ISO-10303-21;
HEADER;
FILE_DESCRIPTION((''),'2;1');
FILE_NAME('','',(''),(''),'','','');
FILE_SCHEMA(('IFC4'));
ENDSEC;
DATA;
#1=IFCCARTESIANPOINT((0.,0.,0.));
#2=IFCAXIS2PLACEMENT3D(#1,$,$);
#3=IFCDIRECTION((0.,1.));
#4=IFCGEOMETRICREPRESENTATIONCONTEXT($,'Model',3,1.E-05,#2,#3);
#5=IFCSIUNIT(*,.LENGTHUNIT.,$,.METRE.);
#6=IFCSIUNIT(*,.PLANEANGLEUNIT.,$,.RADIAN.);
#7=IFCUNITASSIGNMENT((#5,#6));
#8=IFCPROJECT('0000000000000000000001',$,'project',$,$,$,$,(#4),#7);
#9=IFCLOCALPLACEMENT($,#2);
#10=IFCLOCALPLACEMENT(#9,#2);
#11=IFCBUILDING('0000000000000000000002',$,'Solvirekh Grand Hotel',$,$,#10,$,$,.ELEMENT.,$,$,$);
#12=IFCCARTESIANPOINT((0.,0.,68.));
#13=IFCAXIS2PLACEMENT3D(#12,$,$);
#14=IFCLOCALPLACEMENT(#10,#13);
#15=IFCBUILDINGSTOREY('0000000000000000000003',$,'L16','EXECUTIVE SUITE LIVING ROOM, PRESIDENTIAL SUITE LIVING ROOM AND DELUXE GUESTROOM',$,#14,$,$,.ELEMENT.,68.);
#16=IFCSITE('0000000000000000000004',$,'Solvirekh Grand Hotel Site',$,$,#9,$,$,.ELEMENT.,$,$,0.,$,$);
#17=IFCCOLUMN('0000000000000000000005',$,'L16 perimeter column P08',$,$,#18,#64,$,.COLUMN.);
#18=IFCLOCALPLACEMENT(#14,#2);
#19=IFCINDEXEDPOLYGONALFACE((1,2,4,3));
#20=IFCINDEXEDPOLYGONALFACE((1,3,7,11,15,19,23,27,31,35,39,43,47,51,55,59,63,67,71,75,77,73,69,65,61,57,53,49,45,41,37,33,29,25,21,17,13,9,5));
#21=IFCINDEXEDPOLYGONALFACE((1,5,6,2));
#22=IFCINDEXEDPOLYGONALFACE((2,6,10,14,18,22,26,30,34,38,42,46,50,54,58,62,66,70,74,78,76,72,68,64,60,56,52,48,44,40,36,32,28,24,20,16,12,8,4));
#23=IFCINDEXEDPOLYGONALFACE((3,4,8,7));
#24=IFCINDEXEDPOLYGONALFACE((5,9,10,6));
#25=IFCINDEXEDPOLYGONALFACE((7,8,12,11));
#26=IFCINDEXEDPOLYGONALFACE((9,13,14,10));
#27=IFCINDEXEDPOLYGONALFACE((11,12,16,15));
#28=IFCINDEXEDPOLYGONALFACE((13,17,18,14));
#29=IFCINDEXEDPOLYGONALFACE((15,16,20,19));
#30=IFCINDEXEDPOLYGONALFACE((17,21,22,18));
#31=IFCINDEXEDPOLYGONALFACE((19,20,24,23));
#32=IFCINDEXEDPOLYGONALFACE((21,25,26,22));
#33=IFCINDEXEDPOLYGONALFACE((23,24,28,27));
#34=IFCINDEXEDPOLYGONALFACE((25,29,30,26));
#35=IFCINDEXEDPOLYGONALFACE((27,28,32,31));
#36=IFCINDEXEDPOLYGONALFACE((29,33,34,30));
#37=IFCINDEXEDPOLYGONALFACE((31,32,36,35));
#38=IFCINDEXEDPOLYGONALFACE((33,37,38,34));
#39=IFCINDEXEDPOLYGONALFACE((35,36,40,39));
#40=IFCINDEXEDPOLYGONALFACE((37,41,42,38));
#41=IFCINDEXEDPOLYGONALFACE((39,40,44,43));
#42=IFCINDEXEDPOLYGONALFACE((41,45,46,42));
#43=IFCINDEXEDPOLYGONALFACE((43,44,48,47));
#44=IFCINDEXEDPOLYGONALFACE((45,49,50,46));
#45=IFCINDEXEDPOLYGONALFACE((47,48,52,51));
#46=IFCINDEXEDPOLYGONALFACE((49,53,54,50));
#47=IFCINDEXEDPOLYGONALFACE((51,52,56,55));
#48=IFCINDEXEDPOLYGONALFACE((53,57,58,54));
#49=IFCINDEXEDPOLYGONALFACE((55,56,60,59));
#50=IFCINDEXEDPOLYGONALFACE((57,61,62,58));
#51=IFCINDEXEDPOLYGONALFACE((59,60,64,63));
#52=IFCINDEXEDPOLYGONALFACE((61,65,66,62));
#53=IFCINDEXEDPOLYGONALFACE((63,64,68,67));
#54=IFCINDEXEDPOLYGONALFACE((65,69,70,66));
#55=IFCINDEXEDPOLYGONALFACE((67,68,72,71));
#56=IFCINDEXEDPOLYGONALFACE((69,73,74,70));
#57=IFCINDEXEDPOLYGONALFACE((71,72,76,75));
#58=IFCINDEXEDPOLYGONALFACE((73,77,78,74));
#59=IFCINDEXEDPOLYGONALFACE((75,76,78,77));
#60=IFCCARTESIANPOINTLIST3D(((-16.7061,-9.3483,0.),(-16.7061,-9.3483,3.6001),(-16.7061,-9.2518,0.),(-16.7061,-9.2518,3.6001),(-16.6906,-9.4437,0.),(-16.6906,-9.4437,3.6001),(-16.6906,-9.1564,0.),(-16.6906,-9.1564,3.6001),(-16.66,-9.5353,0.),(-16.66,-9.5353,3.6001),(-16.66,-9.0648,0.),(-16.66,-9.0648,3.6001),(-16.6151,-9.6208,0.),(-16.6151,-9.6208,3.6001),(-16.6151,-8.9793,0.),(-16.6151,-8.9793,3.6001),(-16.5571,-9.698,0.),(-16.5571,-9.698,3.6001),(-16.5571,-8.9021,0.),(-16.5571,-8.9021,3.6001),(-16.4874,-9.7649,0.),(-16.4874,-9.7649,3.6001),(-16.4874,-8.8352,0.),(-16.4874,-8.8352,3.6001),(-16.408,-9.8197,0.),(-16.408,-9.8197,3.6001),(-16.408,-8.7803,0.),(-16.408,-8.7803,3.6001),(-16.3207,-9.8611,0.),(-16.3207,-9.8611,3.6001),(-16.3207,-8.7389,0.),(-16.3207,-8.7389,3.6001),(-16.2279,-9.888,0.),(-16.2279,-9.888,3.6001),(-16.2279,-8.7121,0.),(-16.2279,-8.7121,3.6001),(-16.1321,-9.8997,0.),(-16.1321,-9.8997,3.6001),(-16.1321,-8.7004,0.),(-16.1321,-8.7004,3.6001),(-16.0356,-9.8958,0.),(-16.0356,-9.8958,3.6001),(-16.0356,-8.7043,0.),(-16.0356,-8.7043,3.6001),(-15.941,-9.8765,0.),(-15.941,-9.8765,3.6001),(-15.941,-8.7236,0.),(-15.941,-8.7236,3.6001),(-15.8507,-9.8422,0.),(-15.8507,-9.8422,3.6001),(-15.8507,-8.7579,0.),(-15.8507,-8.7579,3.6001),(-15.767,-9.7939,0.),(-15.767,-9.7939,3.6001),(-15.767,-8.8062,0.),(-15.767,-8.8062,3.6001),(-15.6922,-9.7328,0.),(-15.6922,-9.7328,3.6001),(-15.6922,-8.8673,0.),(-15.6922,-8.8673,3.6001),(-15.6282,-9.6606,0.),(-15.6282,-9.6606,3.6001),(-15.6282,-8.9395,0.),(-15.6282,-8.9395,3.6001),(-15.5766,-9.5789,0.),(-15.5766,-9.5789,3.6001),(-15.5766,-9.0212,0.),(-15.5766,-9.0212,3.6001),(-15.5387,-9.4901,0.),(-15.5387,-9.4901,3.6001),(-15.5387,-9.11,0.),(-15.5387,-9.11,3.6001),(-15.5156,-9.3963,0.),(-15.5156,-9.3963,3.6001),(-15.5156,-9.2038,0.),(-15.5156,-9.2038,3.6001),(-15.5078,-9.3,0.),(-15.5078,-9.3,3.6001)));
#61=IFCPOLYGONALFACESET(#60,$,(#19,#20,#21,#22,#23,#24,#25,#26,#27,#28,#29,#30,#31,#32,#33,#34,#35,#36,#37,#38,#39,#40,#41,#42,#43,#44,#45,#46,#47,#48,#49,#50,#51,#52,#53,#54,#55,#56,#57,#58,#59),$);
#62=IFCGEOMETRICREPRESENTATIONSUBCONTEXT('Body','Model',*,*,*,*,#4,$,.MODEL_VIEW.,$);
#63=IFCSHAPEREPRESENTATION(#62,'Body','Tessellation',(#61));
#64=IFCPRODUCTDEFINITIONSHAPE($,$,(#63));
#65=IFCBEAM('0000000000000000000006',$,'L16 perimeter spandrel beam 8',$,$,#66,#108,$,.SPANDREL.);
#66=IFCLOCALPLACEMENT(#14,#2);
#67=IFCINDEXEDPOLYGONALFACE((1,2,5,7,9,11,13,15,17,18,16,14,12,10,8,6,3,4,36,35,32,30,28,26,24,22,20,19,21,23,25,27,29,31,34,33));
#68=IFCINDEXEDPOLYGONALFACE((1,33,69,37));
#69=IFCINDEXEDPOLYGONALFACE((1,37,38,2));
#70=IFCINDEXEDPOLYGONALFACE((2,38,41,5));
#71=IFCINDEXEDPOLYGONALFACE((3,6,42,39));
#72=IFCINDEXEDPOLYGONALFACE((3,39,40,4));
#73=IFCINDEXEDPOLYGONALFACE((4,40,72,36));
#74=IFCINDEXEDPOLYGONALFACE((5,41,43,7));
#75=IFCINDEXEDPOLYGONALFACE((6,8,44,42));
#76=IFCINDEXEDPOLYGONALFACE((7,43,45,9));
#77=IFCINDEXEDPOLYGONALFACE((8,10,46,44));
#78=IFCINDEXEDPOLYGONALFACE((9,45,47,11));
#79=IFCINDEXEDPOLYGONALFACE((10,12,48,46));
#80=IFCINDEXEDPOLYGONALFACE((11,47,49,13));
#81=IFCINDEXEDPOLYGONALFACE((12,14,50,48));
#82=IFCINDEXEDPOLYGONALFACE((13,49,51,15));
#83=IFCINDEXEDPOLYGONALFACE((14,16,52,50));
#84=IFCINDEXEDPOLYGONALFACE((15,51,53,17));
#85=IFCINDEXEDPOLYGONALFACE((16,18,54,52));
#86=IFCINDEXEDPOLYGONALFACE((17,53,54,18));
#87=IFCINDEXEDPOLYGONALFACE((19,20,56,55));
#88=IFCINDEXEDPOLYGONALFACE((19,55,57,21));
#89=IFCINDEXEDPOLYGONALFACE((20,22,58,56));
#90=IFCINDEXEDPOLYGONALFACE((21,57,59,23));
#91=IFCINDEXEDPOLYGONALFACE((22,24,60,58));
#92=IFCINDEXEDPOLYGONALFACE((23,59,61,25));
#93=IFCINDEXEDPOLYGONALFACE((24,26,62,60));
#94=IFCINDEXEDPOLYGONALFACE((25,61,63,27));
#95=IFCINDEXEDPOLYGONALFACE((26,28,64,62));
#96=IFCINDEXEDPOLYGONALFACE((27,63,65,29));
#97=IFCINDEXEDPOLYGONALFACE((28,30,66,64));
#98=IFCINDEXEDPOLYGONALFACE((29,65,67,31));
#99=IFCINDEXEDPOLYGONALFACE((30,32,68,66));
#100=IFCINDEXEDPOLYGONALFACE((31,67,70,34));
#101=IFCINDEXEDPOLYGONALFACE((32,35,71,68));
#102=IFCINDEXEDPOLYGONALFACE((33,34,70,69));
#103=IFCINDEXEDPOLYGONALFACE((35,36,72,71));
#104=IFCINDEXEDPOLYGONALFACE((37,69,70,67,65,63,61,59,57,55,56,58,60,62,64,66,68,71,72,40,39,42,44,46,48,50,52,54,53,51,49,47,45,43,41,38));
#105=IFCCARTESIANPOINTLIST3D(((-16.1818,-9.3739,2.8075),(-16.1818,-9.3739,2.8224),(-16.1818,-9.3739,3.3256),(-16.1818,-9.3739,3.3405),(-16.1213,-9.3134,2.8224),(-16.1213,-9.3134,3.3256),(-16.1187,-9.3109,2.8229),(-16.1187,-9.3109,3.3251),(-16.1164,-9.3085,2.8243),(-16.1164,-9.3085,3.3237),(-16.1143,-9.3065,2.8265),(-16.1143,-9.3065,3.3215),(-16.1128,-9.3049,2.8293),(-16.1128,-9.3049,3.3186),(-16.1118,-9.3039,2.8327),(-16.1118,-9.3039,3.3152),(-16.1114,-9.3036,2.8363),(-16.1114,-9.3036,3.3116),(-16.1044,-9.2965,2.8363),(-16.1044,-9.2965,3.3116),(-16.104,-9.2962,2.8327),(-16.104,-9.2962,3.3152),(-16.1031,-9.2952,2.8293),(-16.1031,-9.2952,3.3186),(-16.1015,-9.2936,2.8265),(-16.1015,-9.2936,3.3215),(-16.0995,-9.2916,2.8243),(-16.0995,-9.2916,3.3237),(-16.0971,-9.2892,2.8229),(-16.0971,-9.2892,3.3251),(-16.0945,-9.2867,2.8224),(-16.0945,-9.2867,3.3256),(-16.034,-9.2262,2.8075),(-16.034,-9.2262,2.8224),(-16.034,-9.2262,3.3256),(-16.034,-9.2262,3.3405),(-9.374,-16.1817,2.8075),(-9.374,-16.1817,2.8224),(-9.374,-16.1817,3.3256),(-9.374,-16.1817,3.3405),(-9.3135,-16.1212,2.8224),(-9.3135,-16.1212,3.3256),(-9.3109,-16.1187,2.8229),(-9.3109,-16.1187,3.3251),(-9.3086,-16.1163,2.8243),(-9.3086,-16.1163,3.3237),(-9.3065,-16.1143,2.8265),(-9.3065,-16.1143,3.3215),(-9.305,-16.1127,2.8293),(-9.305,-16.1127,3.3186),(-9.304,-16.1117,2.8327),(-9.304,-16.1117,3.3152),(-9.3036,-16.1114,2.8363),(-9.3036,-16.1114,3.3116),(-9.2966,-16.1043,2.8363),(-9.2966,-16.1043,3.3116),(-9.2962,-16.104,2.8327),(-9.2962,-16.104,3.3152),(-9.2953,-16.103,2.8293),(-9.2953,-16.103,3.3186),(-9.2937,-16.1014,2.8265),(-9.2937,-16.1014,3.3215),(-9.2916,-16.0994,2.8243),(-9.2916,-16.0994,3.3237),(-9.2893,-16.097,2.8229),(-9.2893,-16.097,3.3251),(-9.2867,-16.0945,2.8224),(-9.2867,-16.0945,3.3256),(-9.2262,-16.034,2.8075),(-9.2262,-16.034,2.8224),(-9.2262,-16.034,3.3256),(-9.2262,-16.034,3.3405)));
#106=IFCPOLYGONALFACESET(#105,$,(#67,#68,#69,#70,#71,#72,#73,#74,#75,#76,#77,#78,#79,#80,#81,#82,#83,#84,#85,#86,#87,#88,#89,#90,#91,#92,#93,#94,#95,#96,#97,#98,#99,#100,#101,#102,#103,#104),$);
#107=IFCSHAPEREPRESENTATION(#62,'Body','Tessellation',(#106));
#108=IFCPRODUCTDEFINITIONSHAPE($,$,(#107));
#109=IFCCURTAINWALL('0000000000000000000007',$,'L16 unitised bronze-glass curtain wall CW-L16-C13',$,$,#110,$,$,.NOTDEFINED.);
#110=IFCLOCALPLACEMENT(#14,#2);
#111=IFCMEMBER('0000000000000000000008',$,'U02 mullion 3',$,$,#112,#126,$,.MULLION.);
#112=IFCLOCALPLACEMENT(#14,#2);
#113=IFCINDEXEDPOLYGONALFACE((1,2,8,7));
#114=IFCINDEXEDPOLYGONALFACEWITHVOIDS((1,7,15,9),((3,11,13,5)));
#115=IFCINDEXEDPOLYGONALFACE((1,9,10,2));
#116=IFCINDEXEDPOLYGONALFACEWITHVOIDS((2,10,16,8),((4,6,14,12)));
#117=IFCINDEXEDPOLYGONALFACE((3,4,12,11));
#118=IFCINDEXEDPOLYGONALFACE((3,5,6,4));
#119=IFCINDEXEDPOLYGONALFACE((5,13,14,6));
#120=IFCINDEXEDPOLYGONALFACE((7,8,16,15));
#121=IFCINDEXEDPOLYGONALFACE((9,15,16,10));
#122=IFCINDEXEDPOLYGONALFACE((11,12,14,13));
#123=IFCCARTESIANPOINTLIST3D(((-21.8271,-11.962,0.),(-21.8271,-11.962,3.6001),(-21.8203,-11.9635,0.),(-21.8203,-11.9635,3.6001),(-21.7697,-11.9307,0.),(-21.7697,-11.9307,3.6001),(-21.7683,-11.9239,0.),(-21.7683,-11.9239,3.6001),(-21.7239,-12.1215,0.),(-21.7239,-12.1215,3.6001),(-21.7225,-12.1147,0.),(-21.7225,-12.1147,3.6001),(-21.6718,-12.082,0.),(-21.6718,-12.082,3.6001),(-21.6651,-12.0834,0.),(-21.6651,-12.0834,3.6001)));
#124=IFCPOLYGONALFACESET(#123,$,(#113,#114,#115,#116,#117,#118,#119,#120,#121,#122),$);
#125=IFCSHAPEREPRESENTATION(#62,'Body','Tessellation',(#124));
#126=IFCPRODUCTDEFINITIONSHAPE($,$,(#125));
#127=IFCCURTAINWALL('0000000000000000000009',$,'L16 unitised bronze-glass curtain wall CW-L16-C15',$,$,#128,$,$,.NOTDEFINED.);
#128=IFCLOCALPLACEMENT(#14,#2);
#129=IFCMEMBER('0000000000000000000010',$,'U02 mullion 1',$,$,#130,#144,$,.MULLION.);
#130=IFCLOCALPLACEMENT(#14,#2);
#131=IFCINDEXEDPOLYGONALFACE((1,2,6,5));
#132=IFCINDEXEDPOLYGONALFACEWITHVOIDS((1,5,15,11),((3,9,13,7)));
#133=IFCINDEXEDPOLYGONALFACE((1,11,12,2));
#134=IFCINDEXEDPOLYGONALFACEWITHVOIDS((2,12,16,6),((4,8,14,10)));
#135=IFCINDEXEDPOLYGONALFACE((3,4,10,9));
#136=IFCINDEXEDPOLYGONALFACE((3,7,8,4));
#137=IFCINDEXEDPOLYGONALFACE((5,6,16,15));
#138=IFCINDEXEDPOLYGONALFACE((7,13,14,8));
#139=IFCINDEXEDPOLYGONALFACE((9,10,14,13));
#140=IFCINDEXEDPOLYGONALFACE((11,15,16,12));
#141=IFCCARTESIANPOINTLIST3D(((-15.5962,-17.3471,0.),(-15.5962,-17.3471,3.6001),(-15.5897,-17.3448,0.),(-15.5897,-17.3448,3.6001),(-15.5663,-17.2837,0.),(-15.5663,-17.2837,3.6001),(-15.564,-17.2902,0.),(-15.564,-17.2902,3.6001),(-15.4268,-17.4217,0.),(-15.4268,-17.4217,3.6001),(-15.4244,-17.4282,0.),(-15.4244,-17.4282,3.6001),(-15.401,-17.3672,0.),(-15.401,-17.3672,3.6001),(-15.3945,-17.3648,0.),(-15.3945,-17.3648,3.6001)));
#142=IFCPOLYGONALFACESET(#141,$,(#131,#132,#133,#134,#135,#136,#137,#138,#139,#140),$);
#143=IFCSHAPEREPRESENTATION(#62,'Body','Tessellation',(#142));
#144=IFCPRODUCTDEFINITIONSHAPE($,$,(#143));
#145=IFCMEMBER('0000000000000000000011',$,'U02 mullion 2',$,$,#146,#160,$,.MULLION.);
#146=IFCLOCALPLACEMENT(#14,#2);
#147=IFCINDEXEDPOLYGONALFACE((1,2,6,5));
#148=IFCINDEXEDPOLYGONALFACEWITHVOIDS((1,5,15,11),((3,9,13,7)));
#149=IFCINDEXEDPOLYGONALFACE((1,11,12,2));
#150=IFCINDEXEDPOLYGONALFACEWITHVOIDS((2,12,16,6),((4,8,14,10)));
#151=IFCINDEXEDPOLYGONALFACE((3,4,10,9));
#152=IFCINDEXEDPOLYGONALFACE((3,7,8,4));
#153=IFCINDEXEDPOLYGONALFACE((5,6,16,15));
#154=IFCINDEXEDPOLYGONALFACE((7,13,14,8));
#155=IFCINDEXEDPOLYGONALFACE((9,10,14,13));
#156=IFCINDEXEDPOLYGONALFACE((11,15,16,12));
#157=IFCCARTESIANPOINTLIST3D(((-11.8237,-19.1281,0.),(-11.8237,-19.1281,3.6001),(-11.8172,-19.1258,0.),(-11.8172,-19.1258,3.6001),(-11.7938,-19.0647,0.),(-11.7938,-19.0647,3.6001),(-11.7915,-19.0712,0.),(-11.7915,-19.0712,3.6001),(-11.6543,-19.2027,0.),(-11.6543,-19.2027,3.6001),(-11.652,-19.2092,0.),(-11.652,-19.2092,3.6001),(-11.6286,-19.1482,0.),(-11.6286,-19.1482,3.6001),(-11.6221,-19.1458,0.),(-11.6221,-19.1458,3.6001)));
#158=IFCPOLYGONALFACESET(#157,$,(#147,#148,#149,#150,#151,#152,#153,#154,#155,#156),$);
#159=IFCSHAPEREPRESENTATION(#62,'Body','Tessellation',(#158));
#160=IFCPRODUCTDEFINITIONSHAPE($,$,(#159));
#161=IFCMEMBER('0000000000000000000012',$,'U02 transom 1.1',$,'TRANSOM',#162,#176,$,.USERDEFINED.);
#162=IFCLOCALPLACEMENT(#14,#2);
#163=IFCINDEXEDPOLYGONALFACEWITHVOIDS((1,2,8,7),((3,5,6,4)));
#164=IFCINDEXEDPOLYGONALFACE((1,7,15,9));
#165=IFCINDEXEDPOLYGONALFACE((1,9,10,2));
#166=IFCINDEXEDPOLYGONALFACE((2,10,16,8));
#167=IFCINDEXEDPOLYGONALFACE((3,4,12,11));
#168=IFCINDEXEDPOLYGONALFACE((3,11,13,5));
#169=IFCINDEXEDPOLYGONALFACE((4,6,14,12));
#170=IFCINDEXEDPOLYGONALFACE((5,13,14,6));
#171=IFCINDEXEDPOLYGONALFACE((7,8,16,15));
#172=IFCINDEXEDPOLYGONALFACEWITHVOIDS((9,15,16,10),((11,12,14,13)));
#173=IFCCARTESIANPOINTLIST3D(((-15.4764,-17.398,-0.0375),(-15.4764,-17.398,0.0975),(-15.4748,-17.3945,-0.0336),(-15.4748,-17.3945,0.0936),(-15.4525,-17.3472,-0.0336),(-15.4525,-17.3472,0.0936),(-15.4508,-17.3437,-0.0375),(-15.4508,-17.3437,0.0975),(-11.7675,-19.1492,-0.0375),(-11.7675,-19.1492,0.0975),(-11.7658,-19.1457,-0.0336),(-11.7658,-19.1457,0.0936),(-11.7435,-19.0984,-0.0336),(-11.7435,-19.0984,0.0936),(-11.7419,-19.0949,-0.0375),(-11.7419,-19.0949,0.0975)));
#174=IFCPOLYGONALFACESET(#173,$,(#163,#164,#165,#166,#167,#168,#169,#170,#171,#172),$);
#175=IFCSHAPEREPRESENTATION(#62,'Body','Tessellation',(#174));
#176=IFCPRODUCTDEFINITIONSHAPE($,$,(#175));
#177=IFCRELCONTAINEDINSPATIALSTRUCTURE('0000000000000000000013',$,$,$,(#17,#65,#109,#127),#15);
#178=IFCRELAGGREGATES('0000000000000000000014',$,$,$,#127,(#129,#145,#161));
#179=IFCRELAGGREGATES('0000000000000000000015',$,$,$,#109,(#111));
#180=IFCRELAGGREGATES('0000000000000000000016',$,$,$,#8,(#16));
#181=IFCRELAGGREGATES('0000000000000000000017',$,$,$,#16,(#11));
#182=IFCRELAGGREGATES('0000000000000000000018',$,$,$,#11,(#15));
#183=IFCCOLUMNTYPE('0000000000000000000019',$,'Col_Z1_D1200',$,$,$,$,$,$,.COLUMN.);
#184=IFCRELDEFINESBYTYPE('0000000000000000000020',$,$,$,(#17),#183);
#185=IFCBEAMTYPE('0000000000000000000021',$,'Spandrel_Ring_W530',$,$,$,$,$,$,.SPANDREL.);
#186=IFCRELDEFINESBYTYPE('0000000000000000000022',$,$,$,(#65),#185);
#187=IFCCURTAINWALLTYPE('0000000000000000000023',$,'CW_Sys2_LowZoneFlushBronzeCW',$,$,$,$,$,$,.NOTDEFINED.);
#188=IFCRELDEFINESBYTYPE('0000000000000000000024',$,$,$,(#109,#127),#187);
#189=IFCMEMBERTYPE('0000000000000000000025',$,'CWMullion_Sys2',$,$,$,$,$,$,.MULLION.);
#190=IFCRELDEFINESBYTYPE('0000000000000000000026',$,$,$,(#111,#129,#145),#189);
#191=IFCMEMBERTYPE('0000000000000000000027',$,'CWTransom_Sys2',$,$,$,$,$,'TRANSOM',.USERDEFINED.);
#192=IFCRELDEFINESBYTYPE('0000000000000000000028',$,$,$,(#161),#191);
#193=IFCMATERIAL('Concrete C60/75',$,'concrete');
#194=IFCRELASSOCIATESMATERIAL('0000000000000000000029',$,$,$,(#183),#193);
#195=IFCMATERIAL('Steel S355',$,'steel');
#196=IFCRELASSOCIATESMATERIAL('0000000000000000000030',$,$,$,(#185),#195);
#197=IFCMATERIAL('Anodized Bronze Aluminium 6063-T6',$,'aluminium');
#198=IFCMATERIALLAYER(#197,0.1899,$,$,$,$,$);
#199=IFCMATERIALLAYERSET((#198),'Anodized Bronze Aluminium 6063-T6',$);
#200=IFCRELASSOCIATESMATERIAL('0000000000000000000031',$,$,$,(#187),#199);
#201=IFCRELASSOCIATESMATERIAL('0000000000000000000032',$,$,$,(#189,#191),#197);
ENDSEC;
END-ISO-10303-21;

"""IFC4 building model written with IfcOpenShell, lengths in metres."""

from ifc_helpers import new_model, si_unit, direction, frame, origin, origin_2d, place, context, subcontext, project, spatial, hollow_rectangle, circle, i_section, extrude, source, transform, mapped, material, layer, layer_set, material_profile, profile_set, type_object, element, aggregate, save


model = new_model("IFC4")

# Units and contexts
model_context = context("Model", 3, precision=1e-05, world=origin(), true_north=direction((0.0, 1.0)))
body_context = subcontext(model_context, "Body", "Model", "MODEL_VIEW")
ifc_project = project(units=[si_unit("LENGTHUNIT", "METRE"), si_unit("PLANEANGLEUNIT", "RADIAN")], contexts=[model_context])

# Site, building, storey
site_placement = place(None, origin())
site = spatial("IfcSite", under=ifc_project, at=site_placement, Name="Solvirekh Grand Hotel Site", CompositionType="ELEMENT", RefElevation=0.0)
building_placement = place(site_placement, origin())
building = spatial("IfcBuilding", under=site, at=building_placement, Name="Solvirekh Grand Hotel", CompositionType="ELEMENT")
storey_placement = place(building_placement, frame((0.0, 0.0, 68.0)))
storey = spatial("IfcBuildingStorey", under=building, at=storey_placement, Name="L16", Description="EXECUTIVE SUITE LIVING ROOM, PRESIDENTIAL SUITE LIVING ROOM AND DELUXE GUESTROOM", CompositionType="ELEMENT", Elevation=68.0)

# Column
ifc_material_1 = material(Name="Concrete C60/75", Category="concrete")
ifc_material_profile_1 = material_profile(ifc_material_1, circle(Radius=0.6001, at=origin_2d()), Name="RC CIRC D1200")
ifc_profile_set_1 = profile_set([ifc_material_profile_1], Name="Concrete C60/75")
column_type = type_object("IfcColumnType", Name="Col_Z1_D1200", PredefinedType="COLUMN", material=ifc_profile_set_1)
column_placement = place(storey_placement, frame((-16.1079, -9.3, 0.0), z_axis=(0.0, 0.0, 1.0), x_axis=(1.0, 0.0, 0.0)))
element("IfcColumn", 1, at=column_placement, inside=storey, type_object=column_type, Name="L16 perimeter column P08", PredefinedType="COLUMN", context=body_context, shape_type="SweptSolid", body=[
    extrude(circle(Radius=0.6001, at=origin_2d()), origin(), (0.0, 0.0, 1.0), 3.6001),
])

# Beam
ifc_material_2 = material(Name="Steel S355", Category="steel")
ifc_material_profile_2 = material_profile(ifc_material_2, i_section(OverallWidth=0.209, OverallDepth=0.533, WebThickness=0.01, FlangeThickness=0.0149, FilletRadius=0.0139, at=origin_2d()), Name="W530X92")
ifc_profile_set_2 = profile_set([ifc_material_profile_2], Name="Steel S355")
beam_type = type_object("IfcBeamType", Name="Spandrel_Ring_W530", PredefinedType="SPANDREL", material=ifc_profile_set_2)
beam_placement = place(storey_placement, frame((-16.1079, -9.3, 3.074), z_axis=(0.707107, -0.707107, 0.0), x_axis=(0.707107, 0.707107, 0.0)))
element("IfcBeam", 2, at=beam_placement, inside=storey, type_object=beam_type, Name="L16 perimeter spandrel beam 8", PredefinedType="SPANDREL", context=body_context, shape_type="SweptSolid", body=[
    extrude(i_section(OverallWidth=0.209, OverallDepth=0.533, WebThickness=0.01, FlangeThickness=0.0149, FilletRadius=0.0139, at=origin_2d()), origin(), (0.0, 0.0, 1.0), 9.6277),
])

# Curtain wall, member
ifc_material_3 = material(Name="Anodized Bronze Aluminium 6063-T6", Category="aluminium")
ifc_layer_1 = layer(ifc_material_3, 0.1899)
ifc_layer_set_1 = layer_set([ifc_layer_1], Name="Anodized Bronze Aluminium 6063-T6")
curtain_wall_type = type_object("IfcCurtainWallType", Name="CW_Sys2_LowZoneFlushBronzeCW", PredefinedType="NOTDEFINED", material=ifc_layer_set_1)
curtain_wall_1_placement = place(storey_placement, origin())
curtain_wall_1 = element("IfcCurtainWall", 3, at=curtain_wall_1_placement, inside=storey, type_object=curtain_wall_type, Name="L16 unitised bronze-glass curtain wall CW-L16-C13", PredefinedType="NOTDEFINED")
ifc_material_profile_3 = material_profile(ifc_material_3, hollow_rectangle(XDim=0.0701, YDim=0.1899, WallThickness=0.0049, at=origin_2d()), Name="ALU RHS 190X70X5")
ifc_profile_set_3 = profile_set([ifc_material_profile_3], Name="Anodized Bronze Aluminium 6063-T6")
member_type_1 = type_object("IfcMemberType", Name="CWMullion_Sys2", PredefinedType="MULLION", material=ifc_profile_set_3)
shared_shape_1 = source(origin(), body_context, "Body", "SweptSolid", [
    extrude(hollow_rectangle(XDim=0.0701, YDim=0.1899, WallThickness=0.0049, at=origin_2d()), origin(), (0.0, 0.0, 1.0), 3.6001),
])
member_1_placement = place(storey_placement, frame((-21.7461, -12.0227, 0.0), z_axis=(0.0, 0.0, 1.0), x_axis=(0.83956, 0.543267, 0.0)))
member_1 = element("IfcMember", 4, at=member_1_placement, type_object=member_type_1, Name="U02 mullion 3", PredefinedType="MULLION", context=body_context, shape_type="MappedRepresentation", body=[
    mapped(shared_shape_1, transform((0.0, 0.0, 0.0), x_axis=(1.0, 0.0, 0.0), y_axis=(0.0, 1.0, 0.0), z_axis=(0.0, 0.0, 1.0), scale=1.0)),
])

# Curtain wall, members
curtain_wall_2_placement = place(storey_placement, origin())
curtain_wall_2 = element("IfcCurtainWall", 5, at=curtain_wall_2_placement, inside=storey, type_object=curtain_wall_type, Name="L16 unitised bronze-glass curtain wall CW-L16-C15", PredefinedType="NOTDEFINED")
member_2_placement = place(storey_placement, frame((-15.4954, -17.356, 0.0), z_axis=(0.0, 0.0, 1.0), x_axis=(0.426942, 0.904279, 0.0)))
member_2 = element("IfcMember", 6, at=member_2_placement, type_object=member_type_1, Name="U02 mullion 1", PredefinedType="MULLION", context=body_context, shape_type="MappedRepresentation", body=[
    mapped(shared_shape_1, transform((0.0, 0.0, 0.0), x_axis=(1.0, 0.0, 0.0), y_axis=(0.0, 1.0, 0.0), z_axis=(0.0, 0.0, 1.0), scale=1.0)),
])
member_3_placement = place(storey_placement, frame((-11.7229, -19.137, 0.0), z_axis=(0.0, 0.0, 1.0), x_axis=(0.426942, 0.904279, 0.0)))
member_3 = element("IfcMember", 7, at=member_3_placement, type_object=member_type_1, Name="U02 mullion 2", PredefinedType="MULLION", context=body_context, shape_type="MappedRepresentation", body=[
    mapped(shared_shape_1, transform((0.0, 0.0, 0.0), x_axis=(1.0, 0.0, 0.0), y_axis=(0.0, 1.0, 0.0), z_axis=(0.0, 0.0, 1.0), scale=1.0)),
])
ifc_material_profile_4 = material_profile(ifc_material_3, hollow_rectangle(XDim=0.0601, YDim=0.135, WallThickness=0.0039, at=origin_2d()), Name="ALU RHS 135X60X4")
ifc_profile_set_4 = profile_set([ifc_material_profile_4], Name="Anodized Bronze Aluminium 6063-T6")
member_type_2 = type_object("IfcMemberType", Name="CWTransom_Sys2", ElementType="TRANSOM", PredefinedType="USERDEFINED", material=ifc_profile_set_4)
shared_shape_2 = source(origin(), body_context, "Body", "SweptSolid", [
    extrude(hollow_rectangle(XDim=0.0601, YDim=0.135, WallThickness=0.0039, at=origin_2d()), origin(), (0.0, 0.0, 1.0), 4.1016),
])
member_4_placement = place(storey_placement, frame((-15.4636, -17.3708, 0.03), z_axis=(0.904272, -0.426958, 0.0), x_axis=(0.426958, 0.904272, 0.0)))
member_4 = element("IfcMember", 8, at=member_4_placement, type_object=member_type_2, Name="U02 transom 1.1", ObjectType="TRANSOM", PredefinedType="USERDEFINED", context=body_context, shape_type="MappedRepresentation", body=[
    mapped(shared_shape_2, transform((0.0, 0.0, 0.0), x_axis=(1.0, 0.0, 0.0), y_axis=(0.0, 1.0, 0.0), z_axis=(0.0, 0.0, 1.0), scale=1.0)),
])

aggregate(curtain_wall_2, [member_2, member_3, member_4])
aggregate(curtain_wall_1, [member_1])

save(model, "model.ifc")
